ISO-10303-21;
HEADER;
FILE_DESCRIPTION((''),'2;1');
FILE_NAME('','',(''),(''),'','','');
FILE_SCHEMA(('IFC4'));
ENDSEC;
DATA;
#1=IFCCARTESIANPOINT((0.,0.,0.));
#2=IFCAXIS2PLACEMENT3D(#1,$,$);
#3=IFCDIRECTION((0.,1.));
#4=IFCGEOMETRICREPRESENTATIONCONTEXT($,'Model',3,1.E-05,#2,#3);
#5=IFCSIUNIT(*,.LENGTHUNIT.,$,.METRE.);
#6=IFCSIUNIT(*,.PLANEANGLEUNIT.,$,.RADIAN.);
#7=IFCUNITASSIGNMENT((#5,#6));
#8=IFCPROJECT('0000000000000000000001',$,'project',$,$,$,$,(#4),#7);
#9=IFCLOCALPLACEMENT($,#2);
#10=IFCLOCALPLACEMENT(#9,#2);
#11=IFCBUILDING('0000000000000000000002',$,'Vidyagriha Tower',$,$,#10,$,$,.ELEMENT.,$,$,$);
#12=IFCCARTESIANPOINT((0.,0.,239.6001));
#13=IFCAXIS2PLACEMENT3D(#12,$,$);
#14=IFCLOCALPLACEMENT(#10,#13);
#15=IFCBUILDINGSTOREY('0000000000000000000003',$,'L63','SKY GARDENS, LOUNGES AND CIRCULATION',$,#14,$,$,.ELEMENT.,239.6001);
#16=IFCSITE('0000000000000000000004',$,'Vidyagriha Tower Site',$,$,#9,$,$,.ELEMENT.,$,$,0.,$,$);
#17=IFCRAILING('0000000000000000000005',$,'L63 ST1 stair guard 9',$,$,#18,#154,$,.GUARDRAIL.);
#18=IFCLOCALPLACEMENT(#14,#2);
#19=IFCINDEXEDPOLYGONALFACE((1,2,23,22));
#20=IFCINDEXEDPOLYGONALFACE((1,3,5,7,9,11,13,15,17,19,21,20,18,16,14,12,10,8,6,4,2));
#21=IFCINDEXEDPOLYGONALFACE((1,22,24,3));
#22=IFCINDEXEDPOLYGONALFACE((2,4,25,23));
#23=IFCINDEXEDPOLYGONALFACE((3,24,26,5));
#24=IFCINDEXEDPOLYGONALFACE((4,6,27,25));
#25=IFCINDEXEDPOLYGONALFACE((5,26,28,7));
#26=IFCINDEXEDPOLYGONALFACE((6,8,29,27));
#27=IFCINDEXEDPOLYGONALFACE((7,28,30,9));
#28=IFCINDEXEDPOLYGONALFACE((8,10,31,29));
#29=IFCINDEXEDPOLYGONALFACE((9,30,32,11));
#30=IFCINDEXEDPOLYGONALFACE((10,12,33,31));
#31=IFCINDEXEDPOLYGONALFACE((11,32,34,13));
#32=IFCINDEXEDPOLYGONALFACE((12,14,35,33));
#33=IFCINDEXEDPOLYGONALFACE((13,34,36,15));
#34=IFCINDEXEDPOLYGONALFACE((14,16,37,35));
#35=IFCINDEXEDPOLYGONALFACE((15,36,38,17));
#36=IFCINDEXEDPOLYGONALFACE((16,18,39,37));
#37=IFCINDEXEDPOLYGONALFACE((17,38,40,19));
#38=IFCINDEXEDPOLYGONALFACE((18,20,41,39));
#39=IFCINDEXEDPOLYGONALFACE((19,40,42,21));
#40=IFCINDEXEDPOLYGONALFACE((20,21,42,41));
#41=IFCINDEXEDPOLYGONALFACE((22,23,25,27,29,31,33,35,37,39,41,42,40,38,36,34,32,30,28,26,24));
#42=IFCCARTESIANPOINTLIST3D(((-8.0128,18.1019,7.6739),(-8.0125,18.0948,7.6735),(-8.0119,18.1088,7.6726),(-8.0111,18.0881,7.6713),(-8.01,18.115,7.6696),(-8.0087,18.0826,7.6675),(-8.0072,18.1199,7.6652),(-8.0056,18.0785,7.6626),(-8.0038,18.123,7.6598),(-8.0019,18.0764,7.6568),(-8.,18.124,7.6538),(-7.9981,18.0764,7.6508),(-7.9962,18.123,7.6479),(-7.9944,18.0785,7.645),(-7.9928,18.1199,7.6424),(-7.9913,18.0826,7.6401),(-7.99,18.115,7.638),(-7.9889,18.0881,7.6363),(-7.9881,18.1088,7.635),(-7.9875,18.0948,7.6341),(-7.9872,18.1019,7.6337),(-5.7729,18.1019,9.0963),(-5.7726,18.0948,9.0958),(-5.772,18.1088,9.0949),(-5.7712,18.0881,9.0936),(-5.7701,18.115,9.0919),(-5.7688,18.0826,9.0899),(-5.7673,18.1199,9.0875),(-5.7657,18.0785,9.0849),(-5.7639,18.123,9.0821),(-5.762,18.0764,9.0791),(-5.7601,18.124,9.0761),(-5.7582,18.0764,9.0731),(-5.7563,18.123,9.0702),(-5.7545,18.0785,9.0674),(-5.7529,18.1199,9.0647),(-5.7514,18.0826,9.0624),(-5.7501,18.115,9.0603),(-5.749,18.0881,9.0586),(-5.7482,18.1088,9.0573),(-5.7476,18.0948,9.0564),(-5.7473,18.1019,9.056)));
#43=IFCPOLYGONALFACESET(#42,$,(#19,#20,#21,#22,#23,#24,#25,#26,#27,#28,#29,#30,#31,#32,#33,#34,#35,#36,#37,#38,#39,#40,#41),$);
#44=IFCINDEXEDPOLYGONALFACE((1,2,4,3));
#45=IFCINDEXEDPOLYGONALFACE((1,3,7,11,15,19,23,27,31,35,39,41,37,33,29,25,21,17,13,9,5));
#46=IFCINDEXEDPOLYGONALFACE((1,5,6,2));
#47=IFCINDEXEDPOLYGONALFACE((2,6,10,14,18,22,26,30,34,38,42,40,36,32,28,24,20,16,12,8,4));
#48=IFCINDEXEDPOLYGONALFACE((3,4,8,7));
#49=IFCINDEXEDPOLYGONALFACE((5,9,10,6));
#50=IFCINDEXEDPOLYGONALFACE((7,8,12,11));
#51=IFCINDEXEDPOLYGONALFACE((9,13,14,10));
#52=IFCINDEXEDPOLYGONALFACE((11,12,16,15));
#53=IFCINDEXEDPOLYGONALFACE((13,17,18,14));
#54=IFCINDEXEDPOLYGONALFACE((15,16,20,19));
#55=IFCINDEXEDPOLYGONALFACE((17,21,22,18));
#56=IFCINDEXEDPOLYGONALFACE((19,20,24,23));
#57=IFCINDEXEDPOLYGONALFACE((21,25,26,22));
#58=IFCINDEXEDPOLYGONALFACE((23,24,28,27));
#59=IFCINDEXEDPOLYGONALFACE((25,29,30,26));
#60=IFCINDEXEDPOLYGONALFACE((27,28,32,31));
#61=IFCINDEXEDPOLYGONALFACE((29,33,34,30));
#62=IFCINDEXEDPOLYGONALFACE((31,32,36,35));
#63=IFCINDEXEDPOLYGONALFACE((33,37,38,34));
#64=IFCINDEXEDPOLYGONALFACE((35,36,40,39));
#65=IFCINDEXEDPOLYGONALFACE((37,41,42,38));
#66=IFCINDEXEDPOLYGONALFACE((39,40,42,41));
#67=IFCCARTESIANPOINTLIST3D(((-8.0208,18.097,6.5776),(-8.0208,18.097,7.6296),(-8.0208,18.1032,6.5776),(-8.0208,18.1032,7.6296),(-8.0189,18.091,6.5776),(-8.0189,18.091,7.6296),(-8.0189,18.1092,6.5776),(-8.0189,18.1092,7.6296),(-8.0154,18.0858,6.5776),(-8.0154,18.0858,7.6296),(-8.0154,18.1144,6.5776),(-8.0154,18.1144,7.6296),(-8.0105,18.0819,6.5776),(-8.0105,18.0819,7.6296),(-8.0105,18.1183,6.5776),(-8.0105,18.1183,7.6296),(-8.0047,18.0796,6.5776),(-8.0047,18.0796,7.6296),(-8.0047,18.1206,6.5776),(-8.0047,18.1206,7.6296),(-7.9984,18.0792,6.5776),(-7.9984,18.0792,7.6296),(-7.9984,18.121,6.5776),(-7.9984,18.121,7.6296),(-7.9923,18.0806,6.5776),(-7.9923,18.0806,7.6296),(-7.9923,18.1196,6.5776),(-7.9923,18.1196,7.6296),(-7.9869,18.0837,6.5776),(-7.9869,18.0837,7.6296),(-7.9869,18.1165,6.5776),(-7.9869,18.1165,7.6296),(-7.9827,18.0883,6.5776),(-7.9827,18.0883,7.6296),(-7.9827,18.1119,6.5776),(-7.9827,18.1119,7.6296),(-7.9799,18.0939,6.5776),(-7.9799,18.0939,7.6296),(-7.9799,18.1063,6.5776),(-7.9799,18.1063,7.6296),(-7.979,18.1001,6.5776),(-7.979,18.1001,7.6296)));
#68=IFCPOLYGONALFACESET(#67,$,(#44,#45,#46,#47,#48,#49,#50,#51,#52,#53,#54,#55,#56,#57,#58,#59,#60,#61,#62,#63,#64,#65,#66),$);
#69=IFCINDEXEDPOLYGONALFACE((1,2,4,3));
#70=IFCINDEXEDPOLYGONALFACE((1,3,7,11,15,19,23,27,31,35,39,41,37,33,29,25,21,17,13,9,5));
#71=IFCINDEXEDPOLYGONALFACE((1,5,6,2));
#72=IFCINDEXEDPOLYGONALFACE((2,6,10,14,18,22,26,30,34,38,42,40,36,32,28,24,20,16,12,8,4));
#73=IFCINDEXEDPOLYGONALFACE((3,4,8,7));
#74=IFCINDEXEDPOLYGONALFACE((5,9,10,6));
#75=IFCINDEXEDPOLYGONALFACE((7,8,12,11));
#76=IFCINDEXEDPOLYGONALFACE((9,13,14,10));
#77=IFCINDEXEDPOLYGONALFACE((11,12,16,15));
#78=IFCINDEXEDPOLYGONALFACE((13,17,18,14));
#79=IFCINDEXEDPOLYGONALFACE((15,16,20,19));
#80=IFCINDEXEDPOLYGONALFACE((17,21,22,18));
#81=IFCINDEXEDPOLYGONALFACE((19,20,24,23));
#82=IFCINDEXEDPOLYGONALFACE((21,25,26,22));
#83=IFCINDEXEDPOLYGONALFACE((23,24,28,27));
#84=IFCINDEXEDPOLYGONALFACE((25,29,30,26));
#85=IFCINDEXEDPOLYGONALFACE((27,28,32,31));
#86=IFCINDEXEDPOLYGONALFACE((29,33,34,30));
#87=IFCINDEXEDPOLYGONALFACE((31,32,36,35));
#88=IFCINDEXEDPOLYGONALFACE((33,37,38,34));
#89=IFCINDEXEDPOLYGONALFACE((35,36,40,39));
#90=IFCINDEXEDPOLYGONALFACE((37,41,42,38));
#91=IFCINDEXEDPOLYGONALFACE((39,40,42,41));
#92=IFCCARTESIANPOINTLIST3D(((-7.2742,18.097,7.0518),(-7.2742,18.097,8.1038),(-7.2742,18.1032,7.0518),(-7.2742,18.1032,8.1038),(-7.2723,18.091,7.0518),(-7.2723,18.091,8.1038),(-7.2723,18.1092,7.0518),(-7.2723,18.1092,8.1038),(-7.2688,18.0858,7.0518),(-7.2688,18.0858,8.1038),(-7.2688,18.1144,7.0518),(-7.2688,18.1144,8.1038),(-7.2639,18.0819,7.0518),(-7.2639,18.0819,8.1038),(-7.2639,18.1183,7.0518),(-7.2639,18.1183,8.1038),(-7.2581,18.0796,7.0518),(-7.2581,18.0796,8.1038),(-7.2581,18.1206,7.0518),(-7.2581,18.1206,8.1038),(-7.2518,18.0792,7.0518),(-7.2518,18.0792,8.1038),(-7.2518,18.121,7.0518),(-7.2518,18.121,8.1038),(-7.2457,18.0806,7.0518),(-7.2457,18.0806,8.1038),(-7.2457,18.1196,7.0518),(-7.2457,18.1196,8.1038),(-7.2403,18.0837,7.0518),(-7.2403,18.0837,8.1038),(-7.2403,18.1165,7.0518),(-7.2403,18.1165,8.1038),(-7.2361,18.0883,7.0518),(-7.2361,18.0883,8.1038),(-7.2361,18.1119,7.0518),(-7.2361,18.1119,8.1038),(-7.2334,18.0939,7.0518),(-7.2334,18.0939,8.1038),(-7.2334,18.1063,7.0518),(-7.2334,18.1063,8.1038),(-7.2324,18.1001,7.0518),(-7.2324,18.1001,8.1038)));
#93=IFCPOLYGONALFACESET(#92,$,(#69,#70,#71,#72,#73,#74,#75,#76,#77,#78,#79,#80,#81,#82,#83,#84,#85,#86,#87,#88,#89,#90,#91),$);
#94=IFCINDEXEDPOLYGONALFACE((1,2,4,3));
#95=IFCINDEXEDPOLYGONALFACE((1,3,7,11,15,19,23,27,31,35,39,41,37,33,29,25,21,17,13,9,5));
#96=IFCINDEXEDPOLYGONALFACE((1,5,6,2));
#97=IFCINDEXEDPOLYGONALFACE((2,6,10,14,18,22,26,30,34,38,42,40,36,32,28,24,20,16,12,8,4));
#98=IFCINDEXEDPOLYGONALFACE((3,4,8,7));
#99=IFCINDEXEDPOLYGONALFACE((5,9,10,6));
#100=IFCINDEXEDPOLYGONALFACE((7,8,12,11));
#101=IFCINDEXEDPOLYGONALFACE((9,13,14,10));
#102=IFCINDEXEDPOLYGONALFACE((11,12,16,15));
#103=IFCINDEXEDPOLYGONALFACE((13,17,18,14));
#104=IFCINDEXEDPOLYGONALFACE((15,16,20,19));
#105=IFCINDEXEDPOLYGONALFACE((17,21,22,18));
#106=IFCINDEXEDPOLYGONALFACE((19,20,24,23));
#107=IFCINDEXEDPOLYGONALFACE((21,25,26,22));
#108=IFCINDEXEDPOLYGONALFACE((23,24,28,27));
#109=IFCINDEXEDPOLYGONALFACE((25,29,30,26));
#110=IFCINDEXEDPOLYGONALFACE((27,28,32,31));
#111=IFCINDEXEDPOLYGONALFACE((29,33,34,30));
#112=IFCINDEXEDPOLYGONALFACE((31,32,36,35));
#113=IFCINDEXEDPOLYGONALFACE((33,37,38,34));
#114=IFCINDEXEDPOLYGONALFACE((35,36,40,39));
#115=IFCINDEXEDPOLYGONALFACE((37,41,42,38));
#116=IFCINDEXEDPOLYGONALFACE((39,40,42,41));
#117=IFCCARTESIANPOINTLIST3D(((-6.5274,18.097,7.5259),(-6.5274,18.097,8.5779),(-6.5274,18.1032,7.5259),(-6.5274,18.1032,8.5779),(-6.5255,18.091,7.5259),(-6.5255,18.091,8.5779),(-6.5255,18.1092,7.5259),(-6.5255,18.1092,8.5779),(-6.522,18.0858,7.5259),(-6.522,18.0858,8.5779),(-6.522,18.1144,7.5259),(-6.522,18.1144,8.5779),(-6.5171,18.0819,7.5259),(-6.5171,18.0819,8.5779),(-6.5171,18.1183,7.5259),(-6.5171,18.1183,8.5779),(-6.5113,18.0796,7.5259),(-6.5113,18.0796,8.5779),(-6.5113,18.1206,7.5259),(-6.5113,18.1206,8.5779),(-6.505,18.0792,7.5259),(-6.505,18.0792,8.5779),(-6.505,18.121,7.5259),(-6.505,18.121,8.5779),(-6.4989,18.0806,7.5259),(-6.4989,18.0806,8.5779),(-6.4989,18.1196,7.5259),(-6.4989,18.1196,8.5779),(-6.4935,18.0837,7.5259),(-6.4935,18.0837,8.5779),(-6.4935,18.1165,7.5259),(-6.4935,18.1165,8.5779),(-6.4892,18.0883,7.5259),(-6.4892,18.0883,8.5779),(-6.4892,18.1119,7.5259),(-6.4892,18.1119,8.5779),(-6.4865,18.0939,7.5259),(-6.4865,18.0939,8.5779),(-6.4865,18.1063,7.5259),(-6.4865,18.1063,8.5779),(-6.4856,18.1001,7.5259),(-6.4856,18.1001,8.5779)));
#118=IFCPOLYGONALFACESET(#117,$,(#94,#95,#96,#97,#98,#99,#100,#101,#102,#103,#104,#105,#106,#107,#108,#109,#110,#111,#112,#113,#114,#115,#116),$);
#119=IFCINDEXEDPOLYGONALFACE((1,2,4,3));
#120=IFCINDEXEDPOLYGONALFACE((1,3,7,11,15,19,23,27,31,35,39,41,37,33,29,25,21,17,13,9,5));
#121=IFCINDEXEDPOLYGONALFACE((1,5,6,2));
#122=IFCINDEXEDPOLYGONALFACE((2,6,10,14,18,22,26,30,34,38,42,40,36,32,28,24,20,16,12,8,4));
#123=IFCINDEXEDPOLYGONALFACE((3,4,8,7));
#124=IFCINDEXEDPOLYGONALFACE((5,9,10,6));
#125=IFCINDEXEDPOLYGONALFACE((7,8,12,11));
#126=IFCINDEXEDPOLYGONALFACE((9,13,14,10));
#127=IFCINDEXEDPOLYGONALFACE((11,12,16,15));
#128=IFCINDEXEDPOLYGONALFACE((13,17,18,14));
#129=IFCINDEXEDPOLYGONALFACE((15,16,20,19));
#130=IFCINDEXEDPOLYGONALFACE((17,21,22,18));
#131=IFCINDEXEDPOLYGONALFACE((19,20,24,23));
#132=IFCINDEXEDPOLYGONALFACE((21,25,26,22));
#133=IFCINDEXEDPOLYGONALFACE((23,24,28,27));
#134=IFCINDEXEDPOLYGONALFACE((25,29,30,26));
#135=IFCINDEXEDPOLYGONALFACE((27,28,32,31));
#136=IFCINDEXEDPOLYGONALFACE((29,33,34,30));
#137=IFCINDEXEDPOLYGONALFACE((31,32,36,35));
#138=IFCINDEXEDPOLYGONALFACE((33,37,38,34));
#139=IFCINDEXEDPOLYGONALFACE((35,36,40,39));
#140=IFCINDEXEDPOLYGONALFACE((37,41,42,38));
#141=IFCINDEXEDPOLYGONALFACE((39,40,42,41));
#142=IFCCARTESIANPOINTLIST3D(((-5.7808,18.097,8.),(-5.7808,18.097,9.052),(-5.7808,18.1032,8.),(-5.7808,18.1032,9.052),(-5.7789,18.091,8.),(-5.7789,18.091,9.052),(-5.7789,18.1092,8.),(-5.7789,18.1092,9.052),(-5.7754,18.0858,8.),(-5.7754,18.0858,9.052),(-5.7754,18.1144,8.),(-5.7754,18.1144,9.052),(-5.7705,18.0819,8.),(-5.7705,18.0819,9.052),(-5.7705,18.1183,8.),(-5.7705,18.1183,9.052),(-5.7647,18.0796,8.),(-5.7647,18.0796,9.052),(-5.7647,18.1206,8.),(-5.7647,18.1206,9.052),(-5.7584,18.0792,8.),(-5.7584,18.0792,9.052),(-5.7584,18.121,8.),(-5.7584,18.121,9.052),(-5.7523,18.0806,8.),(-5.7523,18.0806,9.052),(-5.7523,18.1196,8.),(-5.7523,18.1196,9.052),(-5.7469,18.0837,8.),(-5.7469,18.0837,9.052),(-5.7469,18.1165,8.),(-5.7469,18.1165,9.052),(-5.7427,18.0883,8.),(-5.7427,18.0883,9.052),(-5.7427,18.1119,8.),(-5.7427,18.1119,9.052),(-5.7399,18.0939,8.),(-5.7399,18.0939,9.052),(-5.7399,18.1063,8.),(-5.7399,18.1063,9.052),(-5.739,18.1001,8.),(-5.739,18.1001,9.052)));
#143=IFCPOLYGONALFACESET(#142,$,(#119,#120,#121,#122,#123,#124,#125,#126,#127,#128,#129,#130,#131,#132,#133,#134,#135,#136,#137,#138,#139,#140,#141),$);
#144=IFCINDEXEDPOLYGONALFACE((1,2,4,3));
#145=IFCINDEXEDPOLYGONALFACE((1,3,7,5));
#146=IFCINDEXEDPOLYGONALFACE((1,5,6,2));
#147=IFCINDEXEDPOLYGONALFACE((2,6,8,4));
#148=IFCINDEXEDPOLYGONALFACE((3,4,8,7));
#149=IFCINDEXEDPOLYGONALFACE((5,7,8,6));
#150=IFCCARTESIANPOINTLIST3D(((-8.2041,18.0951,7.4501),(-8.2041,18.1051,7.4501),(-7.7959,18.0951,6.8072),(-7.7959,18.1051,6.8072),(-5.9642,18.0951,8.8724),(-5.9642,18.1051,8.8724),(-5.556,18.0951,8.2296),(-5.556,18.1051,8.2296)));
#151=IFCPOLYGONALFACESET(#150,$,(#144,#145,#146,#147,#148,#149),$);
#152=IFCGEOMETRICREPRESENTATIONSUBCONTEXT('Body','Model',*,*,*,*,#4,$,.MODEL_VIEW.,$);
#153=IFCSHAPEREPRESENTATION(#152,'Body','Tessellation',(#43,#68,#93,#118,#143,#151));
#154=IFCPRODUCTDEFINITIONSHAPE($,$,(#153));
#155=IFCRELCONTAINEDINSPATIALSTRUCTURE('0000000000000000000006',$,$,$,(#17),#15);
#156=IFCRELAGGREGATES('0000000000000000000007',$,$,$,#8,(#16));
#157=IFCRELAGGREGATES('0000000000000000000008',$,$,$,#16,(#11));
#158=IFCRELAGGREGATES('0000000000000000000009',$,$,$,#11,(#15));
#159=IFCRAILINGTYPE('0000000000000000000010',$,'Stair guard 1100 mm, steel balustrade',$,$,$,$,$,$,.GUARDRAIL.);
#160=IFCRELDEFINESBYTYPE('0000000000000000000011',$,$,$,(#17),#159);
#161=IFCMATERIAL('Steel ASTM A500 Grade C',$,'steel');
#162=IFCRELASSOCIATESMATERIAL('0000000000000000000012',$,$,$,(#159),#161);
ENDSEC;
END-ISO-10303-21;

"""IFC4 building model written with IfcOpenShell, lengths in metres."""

from ifc_helpers import new_model, si_unit, direction, frame, origin, origin_2d, place, context, subcontext, project, spatial, rectangle, circle, extrude, material, type_object, element, save


model = new_model("IFC4")

# Units and contexts
model_context = context("Model", 3, precision=1e-05, world=origin(), true_north=direction((0.0, 1.0)))
body_context = subcontext(model_context, "Body", "Model", "MODEL_VIEW")
ifc_project = project(units=[si_unit("LENGTHUNIT", "METRE"), si_unit("PLANEANGLEUNIT", "RADIAN")], contexts=[model_context])

# Site, building, storey
site_placement = place(None, origin())
site = spatial("IfcSite", under=ifc_project, at=site_placement, Name="Vidyagriha Tower Site", CompositionType="ELEMENT", RefElevation=0.0)
building_placement = place(site_placement, origin())
building = spatial("IfcBuilding", under=site, at=building_placement, Name="Vidyagriha Tower", CompositionType="ELEMENT")
storey_placement = place(building_placement, frame((0.0, 0.0, 239.6001)))
storey = spatial("IfcBuildingStorey", under=building, at=storey_placement, Name="L63", Description="SKY GARDENS, LOUNGES AND CIRCULATION", CompositionType="ELEMENT", Elevation=239.6001)

# Railing
ifc_material_1 = material(Name="Steel ASTM A500 Grade C", Category="steel")
railing_type_1 = type_object("IfcRailingType", Name="Stair guard 1100 mm, steel balustrade", PredefinedType="GUARDRAIL", material=ifc_material_1)
railing_1_placement = place(storey_placement, frame((-8.0, 18.1001, 6.5776)))
element("IfcRailing", 1, at=railing_1_placement, inside=storey, type_object=railing_type_1, Name="L63 ST1 stair guard 9", PredefinedType="GUARDRAIL", context=body_context, shape_type="SweptSolid", body=[
    extrude(circle(Radius=0.0239, at=origin_2d()), frame((0.0, 0.0, 1.0762), z_axis=(0.844188, 0.0, 0.536048), x_axis=(0.0, 1.0, 0.0)), (0.0, 0.0, 1.0), 2.6533),
    extrude(circle(Radius=0.021, at=origin_2d()), origin(), (0.0, 0.0, 1.0), 1.052),
    extrude(circle(Radius=0.021, at=origin_2d()), frame((0.7466, 0.0, 0.4741)), (0.0, 0.0, 1.0), 1.052),
    extrude(circle(Radius=0.021, at=origin_2d()), frame((1.4934, 0.0, 0.9482)), (0.0, 0.0, 1.0), 1.052),
    extrude(circle(Radius=0.021, at=origin_2d()), frame((2.24, 0.0, 1.4224)), (0.0, 0.0, 1.0), 1.052),
    extrude(rectangle(XDim=0.01, YDim=0.7615, at=origin_2d()), frame((0.0, 0.0, 0.551), z_axis=(0.844188, 0.0, 0.536048), x_axis=(0.0, 1.0, 0.0)), (0.0, 0.0, 1.0), 2.6533),
])

save(model, "model.ifc")
